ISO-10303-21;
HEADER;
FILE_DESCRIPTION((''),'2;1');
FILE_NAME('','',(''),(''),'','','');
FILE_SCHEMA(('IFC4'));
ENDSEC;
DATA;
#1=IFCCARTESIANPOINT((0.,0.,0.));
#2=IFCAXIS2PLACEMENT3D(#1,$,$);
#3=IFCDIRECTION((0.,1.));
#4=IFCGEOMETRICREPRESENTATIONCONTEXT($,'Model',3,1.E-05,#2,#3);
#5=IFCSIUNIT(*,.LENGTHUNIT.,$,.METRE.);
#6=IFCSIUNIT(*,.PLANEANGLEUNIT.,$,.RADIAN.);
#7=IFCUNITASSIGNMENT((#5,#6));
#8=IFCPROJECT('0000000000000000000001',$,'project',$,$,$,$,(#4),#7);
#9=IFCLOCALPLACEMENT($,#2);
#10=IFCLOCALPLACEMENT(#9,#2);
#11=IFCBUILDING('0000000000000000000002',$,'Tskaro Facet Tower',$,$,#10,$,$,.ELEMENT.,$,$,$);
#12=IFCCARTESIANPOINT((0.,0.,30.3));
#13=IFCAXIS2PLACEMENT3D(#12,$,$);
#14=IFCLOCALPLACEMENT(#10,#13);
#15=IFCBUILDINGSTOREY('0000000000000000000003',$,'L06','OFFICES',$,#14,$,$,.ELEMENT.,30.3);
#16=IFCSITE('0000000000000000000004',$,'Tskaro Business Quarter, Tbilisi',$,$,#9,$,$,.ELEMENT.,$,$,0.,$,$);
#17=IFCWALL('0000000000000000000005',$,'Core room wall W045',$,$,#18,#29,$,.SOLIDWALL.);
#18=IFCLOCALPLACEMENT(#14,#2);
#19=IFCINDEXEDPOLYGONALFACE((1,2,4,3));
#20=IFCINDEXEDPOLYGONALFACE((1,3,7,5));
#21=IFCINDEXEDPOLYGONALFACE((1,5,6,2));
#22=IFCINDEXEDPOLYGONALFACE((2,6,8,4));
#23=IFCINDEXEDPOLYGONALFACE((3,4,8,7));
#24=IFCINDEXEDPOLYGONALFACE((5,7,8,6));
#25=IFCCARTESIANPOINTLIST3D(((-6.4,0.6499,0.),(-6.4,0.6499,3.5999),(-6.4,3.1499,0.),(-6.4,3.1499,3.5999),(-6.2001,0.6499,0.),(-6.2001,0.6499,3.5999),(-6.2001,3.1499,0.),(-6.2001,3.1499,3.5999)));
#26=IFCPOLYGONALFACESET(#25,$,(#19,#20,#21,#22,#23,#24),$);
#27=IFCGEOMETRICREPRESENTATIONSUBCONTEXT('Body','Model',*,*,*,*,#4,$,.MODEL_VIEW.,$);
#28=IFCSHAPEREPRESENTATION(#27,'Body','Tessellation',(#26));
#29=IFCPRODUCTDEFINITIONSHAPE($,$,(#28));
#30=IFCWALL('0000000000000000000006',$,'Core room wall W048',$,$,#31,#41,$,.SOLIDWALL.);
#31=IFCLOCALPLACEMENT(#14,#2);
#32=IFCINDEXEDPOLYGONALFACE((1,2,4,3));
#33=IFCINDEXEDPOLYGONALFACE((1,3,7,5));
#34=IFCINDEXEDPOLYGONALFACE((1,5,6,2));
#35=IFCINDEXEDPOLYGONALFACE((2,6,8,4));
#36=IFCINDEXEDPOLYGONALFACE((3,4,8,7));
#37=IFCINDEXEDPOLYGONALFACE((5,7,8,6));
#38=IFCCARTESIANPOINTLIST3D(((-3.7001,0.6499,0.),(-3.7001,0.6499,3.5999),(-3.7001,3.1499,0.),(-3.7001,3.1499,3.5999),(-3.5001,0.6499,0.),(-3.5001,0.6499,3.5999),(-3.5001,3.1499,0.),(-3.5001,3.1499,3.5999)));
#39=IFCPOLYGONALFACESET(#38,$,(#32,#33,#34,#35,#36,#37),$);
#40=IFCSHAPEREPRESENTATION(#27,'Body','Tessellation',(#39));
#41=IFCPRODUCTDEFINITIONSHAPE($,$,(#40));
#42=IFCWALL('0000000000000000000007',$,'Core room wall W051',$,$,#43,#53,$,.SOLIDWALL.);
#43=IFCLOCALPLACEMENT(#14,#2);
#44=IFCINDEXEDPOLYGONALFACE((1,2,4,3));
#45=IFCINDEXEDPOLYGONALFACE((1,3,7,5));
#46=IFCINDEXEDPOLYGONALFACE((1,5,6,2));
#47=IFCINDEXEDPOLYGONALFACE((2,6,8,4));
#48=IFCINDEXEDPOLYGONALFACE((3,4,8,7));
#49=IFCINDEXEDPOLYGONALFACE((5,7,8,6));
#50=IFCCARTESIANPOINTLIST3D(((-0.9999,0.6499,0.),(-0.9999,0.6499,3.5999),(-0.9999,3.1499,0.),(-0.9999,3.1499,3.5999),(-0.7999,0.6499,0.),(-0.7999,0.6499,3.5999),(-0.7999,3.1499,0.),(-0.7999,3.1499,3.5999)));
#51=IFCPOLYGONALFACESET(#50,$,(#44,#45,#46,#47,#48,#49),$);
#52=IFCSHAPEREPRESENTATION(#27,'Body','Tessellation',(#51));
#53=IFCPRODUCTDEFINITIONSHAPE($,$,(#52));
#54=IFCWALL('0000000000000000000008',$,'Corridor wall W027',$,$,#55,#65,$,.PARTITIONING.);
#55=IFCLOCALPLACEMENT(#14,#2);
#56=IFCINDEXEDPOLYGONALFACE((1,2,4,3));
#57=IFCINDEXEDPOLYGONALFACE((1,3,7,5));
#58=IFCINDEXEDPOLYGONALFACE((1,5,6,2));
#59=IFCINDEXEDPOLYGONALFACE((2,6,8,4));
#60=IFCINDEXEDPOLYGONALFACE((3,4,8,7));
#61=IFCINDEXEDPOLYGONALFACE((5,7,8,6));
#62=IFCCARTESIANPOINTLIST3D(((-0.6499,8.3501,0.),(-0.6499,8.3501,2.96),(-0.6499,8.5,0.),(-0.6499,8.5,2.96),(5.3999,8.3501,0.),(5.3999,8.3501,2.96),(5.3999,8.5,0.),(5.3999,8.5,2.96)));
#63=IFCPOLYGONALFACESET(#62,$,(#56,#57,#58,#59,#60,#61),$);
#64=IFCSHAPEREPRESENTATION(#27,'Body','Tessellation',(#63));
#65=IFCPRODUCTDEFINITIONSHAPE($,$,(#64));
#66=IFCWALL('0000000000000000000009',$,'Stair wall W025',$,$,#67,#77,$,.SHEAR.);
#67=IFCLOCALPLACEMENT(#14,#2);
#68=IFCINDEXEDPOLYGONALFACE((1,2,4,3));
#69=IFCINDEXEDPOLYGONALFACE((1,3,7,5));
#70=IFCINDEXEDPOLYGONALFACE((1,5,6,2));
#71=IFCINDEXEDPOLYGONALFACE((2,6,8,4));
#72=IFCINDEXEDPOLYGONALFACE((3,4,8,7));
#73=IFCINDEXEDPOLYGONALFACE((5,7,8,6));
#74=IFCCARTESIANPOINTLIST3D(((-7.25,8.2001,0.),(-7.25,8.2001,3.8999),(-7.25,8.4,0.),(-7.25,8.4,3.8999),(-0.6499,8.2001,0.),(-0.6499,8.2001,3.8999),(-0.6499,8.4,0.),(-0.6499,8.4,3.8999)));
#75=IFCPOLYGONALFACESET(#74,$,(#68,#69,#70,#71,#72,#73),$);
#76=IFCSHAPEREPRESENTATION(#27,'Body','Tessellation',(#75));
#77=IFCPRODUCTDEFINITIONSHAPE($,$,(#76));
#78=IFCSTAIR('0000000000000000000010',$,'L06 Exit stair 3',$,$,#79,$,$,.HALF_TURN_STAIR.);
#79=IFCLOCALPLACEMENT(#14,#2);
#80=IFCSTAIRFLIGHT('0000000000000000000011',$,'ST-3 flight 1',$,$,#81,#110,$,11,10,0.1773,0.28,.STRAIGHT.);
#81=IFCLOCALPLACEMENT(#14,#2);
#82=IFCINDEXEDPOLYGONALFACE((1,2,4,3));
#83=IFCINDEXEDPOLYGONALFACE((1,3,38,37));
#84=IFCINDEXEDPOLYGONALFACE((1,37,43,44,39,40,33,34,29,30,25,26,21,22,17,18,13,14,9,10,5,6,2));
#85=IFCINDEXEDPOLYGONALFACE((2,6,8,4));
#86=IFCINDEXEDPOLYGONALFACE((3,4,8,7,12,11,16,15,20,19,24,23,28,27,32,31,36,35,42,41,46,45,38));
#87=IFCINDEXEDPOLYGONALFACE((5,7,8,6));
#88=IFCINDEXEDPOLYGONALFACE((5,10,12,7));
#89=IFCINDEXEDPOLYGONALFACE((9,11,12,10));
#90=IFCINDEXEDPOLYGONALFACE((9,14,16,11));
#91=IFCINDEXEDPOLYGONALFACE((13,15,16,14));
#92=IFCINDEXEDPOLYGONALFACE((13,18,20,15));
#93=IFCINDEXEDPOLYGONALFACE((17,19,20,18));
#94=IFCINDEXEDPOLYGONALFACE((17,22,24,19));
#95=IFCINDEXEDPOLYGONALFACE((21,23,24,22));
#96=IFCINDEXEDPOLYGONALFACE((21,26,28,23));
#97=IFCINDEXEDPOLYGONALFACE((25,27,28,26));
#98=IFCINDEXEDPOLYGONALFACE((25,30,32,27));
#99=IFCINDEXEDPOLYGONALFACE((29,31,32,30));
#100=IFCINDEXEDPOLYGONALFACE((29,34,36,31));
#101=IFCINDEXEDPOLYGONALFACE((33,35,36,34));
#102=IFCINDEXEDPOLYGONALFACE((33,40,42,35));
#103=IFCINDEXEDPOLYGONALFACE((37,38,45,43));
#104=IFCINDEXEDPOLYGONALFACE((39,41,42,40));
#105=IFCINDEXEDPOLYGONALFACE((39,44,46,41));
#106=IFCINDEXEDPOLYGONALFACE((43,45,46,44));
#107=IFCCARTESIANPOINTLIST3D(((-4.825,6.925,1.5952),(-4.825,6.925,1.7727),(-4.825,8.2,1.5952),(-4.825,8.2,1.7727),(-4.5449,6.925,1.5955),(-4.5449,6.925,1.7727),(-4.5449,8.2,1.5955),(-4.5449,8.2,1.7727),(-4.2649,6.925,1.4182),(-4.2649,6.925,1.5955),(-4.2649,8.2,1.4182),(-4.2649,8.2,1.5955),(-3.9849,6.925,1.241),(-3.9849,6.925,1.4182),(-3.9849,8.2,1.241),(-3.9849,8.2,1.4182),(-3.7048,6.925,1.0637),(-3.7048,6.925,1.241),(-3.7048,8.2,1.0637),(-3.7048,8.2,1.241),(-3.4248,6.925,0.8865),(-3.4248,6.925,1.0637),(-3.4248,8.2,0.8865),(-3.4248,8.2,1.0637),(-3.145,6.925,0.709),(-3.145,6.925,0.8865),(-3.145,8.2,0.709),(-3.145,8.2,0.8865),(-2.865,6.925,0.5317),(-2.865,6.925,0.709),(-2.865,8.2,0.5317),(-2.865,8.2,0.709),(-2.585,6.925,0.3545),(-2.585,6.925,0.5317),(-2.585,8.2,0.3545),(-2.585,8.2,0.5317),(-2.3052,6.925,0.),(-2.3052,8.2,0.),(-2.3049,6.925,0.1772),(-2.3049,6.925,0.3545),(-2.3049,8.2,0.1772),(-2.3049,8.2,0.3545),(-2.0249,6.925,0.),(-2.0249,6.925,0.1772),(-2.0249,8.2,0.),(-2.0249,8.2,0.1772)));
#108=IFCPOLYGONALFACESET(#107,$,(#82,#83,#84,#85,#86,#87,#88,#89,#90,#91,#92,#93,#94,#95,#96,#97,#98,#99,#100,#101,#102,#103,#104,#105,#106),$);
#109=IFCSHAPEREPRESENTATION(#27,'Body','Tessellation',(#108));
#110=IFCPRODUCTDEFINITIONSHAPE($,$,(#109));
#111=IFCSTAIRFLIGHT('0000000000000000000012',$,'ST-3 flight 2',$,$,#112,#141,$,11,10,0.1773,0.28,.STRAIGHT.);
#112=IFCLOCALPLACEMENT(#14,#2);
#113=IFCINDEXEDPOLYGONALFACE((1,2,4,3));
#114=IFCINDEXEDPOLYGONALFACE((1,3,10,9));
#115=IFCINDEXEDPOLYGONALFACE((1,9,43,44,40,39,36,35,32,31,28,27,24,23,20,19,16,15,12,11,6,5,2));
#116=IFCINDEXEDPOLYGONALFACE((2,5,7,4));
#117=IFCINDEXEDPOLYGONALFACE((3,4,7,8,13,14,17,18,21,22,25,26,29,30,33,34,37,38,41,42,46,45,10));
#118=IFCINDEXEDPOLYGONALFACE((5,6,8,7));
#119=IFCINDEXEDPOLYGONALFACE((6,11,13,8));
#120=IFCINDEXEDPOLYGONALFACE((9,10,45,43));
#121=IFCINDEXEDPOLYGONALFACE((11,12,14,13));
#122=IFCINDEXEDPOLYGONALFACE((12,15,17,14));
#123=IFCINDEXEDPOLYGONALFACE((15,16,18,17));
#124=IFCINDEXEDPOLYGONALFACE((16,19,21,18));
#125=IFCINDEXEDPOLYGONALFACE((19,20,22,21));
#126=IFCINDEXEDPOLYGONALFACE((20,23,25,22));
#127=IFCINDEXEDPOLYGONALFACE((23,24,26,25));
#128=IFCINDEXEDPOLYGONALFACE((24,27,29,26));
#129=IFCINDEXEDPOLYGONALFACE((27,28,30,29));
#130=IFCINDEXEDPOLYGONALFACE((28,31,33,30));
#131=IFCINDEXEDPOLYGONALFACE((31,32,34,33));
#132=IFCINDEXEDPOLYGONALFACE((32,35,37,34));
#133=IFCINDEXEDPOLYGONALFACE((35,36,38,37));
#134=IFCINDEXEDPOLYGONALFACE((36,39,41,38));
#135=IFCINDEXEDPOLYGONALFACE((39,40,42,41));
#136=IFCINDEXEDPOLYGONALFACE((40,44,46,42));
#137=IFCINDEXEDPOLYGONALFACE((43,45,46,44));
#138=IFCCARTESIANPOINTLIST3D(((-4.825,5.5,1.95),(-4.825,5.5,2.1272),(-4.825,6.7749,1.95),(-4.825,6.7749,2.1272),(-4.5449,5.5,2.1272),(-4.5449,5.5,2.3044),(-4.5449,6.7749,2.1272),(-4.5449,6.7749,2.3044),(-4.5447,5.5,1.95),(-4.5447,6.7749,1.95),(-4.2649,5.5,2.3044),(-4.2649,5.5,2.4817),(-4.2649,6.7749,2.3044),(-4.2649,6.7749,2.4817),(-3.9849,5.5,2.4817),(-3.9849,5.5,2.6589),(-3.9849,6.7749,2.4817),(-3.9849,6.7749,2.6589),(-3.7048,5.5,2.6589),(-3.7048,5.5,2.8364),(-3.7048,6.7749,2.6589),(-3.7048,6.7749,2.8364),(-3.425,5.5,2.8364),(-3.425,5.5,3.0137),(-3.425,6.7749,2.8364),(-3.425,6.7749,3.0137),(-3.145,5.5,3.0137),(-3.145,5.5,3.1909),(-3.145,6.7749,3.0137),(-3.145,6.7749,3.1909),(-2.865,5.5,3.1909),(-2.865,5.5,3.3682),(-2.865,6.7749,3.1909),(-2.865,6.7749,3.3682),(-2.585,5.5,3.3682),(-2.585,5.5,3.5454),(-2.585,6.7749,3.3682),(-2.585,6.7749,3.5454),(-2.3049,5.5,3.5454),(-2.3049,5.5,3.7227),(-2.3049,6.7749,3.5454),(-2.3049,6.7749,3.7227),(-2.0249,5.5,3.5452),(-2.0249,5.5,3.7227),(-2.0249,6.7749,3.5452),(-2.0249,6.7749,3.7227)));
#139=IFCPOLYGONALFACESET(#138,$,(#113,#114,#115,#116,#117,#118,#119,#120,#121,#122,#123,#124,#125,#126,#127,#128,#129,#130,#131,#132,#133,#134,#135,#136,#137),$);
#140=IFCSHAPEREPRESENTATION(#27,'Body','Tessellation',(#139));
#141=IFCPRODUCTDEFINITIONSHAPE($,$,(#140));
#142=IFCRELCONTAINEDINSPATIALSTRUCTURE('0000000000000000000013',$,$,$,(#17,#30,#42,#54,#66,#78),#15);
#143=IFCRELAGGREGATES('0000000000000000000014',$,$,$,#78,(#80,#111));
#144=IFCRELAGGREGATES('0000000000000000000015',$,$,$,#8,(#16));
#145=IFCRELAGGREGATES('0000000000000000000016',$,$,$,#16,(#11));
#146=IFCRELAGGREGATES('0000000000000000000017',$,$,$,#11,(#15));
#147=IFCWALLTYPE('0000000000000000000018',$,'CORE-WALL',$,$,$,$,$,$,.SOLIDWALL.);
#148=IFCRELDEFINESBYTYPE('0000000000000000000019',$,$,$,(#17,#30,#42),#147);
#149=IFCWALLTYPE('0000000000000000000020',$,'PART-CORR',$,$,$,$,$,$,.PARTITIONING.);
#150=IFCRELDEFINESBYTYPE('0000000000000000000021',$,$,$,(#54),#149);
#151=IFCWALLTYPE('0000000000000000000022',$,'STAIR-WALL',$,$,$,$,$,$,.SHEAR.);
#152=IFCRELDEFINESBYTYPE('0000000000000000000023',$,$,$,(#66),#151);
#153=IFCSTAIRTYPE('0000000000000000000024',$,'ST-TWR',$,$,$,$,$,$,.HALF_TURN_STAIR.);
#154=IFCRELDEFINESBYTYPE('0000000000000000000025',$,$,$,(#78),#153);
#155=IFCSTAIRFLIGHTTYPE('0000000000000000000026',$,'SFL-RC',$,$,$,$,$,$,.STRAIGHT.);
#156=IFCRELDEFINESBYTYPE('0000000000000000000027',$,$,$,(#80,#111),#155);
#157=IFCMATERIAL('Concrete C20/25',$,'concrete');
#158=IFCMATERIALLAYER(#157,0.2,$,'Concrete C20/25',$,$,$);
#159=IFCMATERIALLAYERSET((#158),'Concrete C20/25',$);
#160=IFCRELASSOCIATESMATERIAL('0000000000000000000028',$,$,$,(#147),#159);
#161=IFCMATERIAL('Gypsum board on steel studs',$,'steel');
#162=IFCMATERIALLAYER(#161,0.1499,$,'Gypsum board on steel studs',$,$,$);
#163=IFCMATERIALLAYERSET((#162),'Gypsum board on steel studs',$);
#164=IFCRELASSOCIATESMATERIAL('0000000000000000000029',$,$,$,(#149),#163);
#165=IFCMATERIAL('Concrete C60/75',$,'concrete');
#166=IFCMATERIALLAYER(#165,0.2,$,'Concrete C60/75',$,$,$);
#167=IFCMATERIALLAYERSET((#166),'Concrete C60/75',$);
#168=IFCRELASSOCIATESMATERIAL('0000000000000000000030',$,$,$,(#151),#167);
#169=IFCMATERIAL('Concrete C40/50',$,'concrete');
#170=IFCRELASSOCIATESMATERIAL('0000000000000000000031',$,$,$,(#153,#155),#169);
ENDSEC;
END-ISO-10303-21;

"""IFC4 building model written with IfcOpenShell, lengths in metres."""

from ifc_helpers import new_model, si_unit, direction, frame, frame_2d, origin, place, context, subcontext, project, spatial, polyline, rectangle, outline, extrude, material, layer, layer_set, type_object, element, aggregate, save


model = new_model("IFC4")

# Units and contexts
model_context = context("Model", 3, precision=1e-05, world=origin(), true_north=direction((0.0, 1.0)))
body_context = subcontext(model_context, "Body", "Model", "MODEL_VIEW")
ifc_project = project(units=[si_unit("LENGTHUNIT", "METRE"), si_unit("PLANEANGLEUNIT", "RADIAN")], contexts=[model_context])

# Site, building, storey
site_placement = place(None, origin())
site = spatial("IfcSite", under=ifc_project, at=site_placement, Name="Tskaro Business Quarter, Tbilisi", CompositionType="ELEMENT", RefElevation=0.0)
building_placement = place(site_placement, origin())
building = spatial("IfcBuilding", under=site, at=building_placement, Name="Tskaro Facet Tower", CompositionType="ELEMENT")
storey_placement = place(building_placement, frame((0.0, 0.0, 30.3)))
storey = spatial("IfcBuildingStorey", under=building, at=storey_placement, Name="L06", Description="OFFICES", CompositionType="ELEMENT", Elevation=30.3)

# Walls
ifc_material_1 = material(Name="Concrete C20/25", Category="concrete")
ifc_layer_1 = layer(ifc_material_1, 0.2, Name="Concrete C20/25")
ifc_layer_set_1 = layer_set([ifc_layer_1], Name="Concrete C20/25")
wall_type_1 = type_object("IfcWallType", Name="CORE-WALL", PredefinedType="SOLIDWALL", material=ifc_layer_set_1)
for number, where, z_axis, x_axis, name in (
    (1, (-6.3, 0.6499, 0.0), (0.0, 0.0, 1.0), (0.0, 1.0, 0.0), "Core room wall W045"),
    (2, (-3.6001, 0.6499, 0.0), (0.0, 0.0, 1.0), (0.0, 1.0, 0.0), "Core room wall W048"),
    (3, (-0.8999, 0.6499, 0.0), (0.0, 0.0, 1.0), (0.0, 1.0, 0.0), "Core room wall W051"),
):
    element("IfcWall", number, at=place(storey_placement, frame(where, z_axis=z_axis, x_axis=x_axis)), inside=storey, type_object=wall_type_1, Name=name, PredefinedType="SOLIDWALL", context=body_context, shape_type="SweptSolid", body=[
        extrude(rectangle(XDim=2.5, YDim=0.2, at=frame_2d((1.25, 0.0))), origin(), (0.0, 0.0, 1.0), 3.5999),
    ])
ifc_material_2 = material(Name="Gypsum board on steel studs", Category="steel")
ifc_layer_2 = layer(ifc_material_2, 0.1499, Name="Gypsum board on steel studs")
ifc_layer_set_2 = layer_set([ifc_layer_2], Name="Gypsum board on steel studs")
wall_type_2 = type_object("IfcWallType", Name="PART-CORR", PredefinedType="PARTITIONING", material=ifc_layer_set_2)
wall_1_placement = place(storey_placement, frame((-0.6499, 8.425, 0.0), z_axis=(0.0, 0.0, 1.0), x_axis=(1.0, 0.0, 0.0)))
element("IfcWall", 4, at=wall_1_placement, inside=storey, type_object=wall_type_2, Name="Corridor wall W027", PredefinedType="PARTITIONING", context=body_context, shape_type="SweptSolid", body=[
    extrude(rectangle(XDim=6.0498, YDim=0.1499, at=frame_2d((3.0249, 0.0))), origin(), (0.0, 0.0, 1.0), 2.96),
])
ifc_material_3 = material(Name="Concrete C60/75", Category="concrete")
ifc_layer_3 = layer(ifc_material_3, 0.2, Name="Concrete C60/75")
ifc_layer_set_3 = layer_set([ifc_layer_3], Name="Concrete C60/75")
wall_type_3 = type_object("IfcWallType", Name="STAIR-WALL", PredefinedType="SHEAR", material=ifc_layer_set_3)
wall_2_placement = place(storey_placement, frame((-7.25, 8.3, 0.0), z_axis=(0.0, 0.0, 1.0), x_axis=(1.0, 0.0, 0.0)))
element("IfcWall", 5, at=wall_2_placement, inside=storey, type_object=wall_type_3, Name="Stair wall W025", PredefinedType="SHEAR", context=body_context, shape_type="SweptSolid", body=[
    extrude(rectangle(XDim=6.6001, YDim=0.2, at=frame_2d((3.3, 0.0))), origin(), (0.0, 0.0, 1.0), 3.8999),
])

# Stair, stair flights
ifc_material_4 = material(Name="Concrete C40/50", Category="concrete")
stair_type = type_object("IfcStairType", Name="ST-TWR", PredefinedType="HALF_TURN_STAIR", material=ifc_material_4)
stair_placement = place(storey_placement, origin())
stair = element("IfcStair", 6, at=stair_placement, inside=storey, type_object=stair_type, Name="L06 Exit stair 3", PredefinedType="HALF_TURN_STAIR")
stair_flight_type = type_object("IfcStairFlightType", Name="SFL-RC", PredefinedType="STRAIGHT", material=ifc_material_4)
stair_flight_1_placement = place(storey_placement, frame((-2.0249, 7.5625, 0.0), z_axis=(0.0, 0.0, 1.0), x_axis=(-1.0, 0.0, 0.0)))
stair_flight_1 = element("IfcStairFlight", 7, at=stair_flight_1_placement, type_object=stair_flight_type, Name="ST-3 flight 1", NumberOfRisers=11, NumberOfTreads=10, PredefinedType="STRAIGHT", RiserHeight=0.1773, TreadLength=0.28, context=body_context, shape_type="SweptSolid", body=[
    extrude(outline(polyline([(0.0, 0.0), (0.0, 0.1772), (0.28, 0.1772), (0.28, 0.3545), (0.5601, 0.3545), (0.5601, 0.5317), (0.8401, 0.5317), (0.8401, 0.709), (1.1201, 0.709), (1.1201, 0.8865), (1.3999, 0.8865), (1.3999, 1.0637), (1.6799, 1.0637), (1.6799, 1.241), (1.96, 1.241), (1.96, 1.4182), (2.24, 1.4182), (2.24, 1.5955), (2.52, 1.5955), (2.52, 1.7727), (2.8, 1.7727), (2.8, 1.95), (2.8, 1.5952), (0.2803, 0.0), (0.0, 0.0)])), frame((0.0, 0.6375, 0.0), z_axis=(0.0, -1.0, 0.0), x_axis=(1.0, 0.0, 0.0)), (0.0, 0.0, 1.0), 1.2749),
])
stair_flight_2_placement = place(storey_placement, frame((-4.825, 6.1375, 1.95), z_axis=(0.0, 0.0, 1.0), x_axis=(1.0, 0.0, 0.0)))
stair_flight_2 = element("IfcStairFlight", 8, at=stair_flight_2_placement, type_object=stair_flight_type, Name="ST-3 flight 2", NumberOfRisers=11, NumberOfTreads=10, PredefinedType="STRAIGHT", RiserHeight=0.1773, TreadLength=0.28, context=body_context, shape_type="SweptSolid", body=[
    extrude(outline(polyline([(0.0, 0.0), (0.0, 0.1772), (0.28, 0.1772), (0.28, 0.3545), (0.5601, 0.3545), (0.5601, 0.5317), (0.8401, 0.5317), (0.8401, 0.709), (1.1201, 0.709), (1.1201, 0.8865), (1.3999, 0.8865), (1.3999, 1.0637), (1.6799, 1.0637), (1.6799, 1.241), (1.96, 1.241), (1.96, 1.4182), (2.24, 1.4182), (2.24, 1.5955), (2.52, 1.5955), (2.52, 1.7727), (2.8, 1.7727), (2.8, 1.95), (2.8, 1.5952), (0.2803, 0.0), (0.0, 0.0)])), frame((0.0, 0.6375, 0.0), z_axis=(0.0, -1.0, 0.0), x_axis=(1.0, 0.0, 0.0)), (0.0, 0.0, 1.0), 1.2749),
])
aggregate(stair, [stair_flight_1, stair_flight_2])

save(model, "model.ifc")
